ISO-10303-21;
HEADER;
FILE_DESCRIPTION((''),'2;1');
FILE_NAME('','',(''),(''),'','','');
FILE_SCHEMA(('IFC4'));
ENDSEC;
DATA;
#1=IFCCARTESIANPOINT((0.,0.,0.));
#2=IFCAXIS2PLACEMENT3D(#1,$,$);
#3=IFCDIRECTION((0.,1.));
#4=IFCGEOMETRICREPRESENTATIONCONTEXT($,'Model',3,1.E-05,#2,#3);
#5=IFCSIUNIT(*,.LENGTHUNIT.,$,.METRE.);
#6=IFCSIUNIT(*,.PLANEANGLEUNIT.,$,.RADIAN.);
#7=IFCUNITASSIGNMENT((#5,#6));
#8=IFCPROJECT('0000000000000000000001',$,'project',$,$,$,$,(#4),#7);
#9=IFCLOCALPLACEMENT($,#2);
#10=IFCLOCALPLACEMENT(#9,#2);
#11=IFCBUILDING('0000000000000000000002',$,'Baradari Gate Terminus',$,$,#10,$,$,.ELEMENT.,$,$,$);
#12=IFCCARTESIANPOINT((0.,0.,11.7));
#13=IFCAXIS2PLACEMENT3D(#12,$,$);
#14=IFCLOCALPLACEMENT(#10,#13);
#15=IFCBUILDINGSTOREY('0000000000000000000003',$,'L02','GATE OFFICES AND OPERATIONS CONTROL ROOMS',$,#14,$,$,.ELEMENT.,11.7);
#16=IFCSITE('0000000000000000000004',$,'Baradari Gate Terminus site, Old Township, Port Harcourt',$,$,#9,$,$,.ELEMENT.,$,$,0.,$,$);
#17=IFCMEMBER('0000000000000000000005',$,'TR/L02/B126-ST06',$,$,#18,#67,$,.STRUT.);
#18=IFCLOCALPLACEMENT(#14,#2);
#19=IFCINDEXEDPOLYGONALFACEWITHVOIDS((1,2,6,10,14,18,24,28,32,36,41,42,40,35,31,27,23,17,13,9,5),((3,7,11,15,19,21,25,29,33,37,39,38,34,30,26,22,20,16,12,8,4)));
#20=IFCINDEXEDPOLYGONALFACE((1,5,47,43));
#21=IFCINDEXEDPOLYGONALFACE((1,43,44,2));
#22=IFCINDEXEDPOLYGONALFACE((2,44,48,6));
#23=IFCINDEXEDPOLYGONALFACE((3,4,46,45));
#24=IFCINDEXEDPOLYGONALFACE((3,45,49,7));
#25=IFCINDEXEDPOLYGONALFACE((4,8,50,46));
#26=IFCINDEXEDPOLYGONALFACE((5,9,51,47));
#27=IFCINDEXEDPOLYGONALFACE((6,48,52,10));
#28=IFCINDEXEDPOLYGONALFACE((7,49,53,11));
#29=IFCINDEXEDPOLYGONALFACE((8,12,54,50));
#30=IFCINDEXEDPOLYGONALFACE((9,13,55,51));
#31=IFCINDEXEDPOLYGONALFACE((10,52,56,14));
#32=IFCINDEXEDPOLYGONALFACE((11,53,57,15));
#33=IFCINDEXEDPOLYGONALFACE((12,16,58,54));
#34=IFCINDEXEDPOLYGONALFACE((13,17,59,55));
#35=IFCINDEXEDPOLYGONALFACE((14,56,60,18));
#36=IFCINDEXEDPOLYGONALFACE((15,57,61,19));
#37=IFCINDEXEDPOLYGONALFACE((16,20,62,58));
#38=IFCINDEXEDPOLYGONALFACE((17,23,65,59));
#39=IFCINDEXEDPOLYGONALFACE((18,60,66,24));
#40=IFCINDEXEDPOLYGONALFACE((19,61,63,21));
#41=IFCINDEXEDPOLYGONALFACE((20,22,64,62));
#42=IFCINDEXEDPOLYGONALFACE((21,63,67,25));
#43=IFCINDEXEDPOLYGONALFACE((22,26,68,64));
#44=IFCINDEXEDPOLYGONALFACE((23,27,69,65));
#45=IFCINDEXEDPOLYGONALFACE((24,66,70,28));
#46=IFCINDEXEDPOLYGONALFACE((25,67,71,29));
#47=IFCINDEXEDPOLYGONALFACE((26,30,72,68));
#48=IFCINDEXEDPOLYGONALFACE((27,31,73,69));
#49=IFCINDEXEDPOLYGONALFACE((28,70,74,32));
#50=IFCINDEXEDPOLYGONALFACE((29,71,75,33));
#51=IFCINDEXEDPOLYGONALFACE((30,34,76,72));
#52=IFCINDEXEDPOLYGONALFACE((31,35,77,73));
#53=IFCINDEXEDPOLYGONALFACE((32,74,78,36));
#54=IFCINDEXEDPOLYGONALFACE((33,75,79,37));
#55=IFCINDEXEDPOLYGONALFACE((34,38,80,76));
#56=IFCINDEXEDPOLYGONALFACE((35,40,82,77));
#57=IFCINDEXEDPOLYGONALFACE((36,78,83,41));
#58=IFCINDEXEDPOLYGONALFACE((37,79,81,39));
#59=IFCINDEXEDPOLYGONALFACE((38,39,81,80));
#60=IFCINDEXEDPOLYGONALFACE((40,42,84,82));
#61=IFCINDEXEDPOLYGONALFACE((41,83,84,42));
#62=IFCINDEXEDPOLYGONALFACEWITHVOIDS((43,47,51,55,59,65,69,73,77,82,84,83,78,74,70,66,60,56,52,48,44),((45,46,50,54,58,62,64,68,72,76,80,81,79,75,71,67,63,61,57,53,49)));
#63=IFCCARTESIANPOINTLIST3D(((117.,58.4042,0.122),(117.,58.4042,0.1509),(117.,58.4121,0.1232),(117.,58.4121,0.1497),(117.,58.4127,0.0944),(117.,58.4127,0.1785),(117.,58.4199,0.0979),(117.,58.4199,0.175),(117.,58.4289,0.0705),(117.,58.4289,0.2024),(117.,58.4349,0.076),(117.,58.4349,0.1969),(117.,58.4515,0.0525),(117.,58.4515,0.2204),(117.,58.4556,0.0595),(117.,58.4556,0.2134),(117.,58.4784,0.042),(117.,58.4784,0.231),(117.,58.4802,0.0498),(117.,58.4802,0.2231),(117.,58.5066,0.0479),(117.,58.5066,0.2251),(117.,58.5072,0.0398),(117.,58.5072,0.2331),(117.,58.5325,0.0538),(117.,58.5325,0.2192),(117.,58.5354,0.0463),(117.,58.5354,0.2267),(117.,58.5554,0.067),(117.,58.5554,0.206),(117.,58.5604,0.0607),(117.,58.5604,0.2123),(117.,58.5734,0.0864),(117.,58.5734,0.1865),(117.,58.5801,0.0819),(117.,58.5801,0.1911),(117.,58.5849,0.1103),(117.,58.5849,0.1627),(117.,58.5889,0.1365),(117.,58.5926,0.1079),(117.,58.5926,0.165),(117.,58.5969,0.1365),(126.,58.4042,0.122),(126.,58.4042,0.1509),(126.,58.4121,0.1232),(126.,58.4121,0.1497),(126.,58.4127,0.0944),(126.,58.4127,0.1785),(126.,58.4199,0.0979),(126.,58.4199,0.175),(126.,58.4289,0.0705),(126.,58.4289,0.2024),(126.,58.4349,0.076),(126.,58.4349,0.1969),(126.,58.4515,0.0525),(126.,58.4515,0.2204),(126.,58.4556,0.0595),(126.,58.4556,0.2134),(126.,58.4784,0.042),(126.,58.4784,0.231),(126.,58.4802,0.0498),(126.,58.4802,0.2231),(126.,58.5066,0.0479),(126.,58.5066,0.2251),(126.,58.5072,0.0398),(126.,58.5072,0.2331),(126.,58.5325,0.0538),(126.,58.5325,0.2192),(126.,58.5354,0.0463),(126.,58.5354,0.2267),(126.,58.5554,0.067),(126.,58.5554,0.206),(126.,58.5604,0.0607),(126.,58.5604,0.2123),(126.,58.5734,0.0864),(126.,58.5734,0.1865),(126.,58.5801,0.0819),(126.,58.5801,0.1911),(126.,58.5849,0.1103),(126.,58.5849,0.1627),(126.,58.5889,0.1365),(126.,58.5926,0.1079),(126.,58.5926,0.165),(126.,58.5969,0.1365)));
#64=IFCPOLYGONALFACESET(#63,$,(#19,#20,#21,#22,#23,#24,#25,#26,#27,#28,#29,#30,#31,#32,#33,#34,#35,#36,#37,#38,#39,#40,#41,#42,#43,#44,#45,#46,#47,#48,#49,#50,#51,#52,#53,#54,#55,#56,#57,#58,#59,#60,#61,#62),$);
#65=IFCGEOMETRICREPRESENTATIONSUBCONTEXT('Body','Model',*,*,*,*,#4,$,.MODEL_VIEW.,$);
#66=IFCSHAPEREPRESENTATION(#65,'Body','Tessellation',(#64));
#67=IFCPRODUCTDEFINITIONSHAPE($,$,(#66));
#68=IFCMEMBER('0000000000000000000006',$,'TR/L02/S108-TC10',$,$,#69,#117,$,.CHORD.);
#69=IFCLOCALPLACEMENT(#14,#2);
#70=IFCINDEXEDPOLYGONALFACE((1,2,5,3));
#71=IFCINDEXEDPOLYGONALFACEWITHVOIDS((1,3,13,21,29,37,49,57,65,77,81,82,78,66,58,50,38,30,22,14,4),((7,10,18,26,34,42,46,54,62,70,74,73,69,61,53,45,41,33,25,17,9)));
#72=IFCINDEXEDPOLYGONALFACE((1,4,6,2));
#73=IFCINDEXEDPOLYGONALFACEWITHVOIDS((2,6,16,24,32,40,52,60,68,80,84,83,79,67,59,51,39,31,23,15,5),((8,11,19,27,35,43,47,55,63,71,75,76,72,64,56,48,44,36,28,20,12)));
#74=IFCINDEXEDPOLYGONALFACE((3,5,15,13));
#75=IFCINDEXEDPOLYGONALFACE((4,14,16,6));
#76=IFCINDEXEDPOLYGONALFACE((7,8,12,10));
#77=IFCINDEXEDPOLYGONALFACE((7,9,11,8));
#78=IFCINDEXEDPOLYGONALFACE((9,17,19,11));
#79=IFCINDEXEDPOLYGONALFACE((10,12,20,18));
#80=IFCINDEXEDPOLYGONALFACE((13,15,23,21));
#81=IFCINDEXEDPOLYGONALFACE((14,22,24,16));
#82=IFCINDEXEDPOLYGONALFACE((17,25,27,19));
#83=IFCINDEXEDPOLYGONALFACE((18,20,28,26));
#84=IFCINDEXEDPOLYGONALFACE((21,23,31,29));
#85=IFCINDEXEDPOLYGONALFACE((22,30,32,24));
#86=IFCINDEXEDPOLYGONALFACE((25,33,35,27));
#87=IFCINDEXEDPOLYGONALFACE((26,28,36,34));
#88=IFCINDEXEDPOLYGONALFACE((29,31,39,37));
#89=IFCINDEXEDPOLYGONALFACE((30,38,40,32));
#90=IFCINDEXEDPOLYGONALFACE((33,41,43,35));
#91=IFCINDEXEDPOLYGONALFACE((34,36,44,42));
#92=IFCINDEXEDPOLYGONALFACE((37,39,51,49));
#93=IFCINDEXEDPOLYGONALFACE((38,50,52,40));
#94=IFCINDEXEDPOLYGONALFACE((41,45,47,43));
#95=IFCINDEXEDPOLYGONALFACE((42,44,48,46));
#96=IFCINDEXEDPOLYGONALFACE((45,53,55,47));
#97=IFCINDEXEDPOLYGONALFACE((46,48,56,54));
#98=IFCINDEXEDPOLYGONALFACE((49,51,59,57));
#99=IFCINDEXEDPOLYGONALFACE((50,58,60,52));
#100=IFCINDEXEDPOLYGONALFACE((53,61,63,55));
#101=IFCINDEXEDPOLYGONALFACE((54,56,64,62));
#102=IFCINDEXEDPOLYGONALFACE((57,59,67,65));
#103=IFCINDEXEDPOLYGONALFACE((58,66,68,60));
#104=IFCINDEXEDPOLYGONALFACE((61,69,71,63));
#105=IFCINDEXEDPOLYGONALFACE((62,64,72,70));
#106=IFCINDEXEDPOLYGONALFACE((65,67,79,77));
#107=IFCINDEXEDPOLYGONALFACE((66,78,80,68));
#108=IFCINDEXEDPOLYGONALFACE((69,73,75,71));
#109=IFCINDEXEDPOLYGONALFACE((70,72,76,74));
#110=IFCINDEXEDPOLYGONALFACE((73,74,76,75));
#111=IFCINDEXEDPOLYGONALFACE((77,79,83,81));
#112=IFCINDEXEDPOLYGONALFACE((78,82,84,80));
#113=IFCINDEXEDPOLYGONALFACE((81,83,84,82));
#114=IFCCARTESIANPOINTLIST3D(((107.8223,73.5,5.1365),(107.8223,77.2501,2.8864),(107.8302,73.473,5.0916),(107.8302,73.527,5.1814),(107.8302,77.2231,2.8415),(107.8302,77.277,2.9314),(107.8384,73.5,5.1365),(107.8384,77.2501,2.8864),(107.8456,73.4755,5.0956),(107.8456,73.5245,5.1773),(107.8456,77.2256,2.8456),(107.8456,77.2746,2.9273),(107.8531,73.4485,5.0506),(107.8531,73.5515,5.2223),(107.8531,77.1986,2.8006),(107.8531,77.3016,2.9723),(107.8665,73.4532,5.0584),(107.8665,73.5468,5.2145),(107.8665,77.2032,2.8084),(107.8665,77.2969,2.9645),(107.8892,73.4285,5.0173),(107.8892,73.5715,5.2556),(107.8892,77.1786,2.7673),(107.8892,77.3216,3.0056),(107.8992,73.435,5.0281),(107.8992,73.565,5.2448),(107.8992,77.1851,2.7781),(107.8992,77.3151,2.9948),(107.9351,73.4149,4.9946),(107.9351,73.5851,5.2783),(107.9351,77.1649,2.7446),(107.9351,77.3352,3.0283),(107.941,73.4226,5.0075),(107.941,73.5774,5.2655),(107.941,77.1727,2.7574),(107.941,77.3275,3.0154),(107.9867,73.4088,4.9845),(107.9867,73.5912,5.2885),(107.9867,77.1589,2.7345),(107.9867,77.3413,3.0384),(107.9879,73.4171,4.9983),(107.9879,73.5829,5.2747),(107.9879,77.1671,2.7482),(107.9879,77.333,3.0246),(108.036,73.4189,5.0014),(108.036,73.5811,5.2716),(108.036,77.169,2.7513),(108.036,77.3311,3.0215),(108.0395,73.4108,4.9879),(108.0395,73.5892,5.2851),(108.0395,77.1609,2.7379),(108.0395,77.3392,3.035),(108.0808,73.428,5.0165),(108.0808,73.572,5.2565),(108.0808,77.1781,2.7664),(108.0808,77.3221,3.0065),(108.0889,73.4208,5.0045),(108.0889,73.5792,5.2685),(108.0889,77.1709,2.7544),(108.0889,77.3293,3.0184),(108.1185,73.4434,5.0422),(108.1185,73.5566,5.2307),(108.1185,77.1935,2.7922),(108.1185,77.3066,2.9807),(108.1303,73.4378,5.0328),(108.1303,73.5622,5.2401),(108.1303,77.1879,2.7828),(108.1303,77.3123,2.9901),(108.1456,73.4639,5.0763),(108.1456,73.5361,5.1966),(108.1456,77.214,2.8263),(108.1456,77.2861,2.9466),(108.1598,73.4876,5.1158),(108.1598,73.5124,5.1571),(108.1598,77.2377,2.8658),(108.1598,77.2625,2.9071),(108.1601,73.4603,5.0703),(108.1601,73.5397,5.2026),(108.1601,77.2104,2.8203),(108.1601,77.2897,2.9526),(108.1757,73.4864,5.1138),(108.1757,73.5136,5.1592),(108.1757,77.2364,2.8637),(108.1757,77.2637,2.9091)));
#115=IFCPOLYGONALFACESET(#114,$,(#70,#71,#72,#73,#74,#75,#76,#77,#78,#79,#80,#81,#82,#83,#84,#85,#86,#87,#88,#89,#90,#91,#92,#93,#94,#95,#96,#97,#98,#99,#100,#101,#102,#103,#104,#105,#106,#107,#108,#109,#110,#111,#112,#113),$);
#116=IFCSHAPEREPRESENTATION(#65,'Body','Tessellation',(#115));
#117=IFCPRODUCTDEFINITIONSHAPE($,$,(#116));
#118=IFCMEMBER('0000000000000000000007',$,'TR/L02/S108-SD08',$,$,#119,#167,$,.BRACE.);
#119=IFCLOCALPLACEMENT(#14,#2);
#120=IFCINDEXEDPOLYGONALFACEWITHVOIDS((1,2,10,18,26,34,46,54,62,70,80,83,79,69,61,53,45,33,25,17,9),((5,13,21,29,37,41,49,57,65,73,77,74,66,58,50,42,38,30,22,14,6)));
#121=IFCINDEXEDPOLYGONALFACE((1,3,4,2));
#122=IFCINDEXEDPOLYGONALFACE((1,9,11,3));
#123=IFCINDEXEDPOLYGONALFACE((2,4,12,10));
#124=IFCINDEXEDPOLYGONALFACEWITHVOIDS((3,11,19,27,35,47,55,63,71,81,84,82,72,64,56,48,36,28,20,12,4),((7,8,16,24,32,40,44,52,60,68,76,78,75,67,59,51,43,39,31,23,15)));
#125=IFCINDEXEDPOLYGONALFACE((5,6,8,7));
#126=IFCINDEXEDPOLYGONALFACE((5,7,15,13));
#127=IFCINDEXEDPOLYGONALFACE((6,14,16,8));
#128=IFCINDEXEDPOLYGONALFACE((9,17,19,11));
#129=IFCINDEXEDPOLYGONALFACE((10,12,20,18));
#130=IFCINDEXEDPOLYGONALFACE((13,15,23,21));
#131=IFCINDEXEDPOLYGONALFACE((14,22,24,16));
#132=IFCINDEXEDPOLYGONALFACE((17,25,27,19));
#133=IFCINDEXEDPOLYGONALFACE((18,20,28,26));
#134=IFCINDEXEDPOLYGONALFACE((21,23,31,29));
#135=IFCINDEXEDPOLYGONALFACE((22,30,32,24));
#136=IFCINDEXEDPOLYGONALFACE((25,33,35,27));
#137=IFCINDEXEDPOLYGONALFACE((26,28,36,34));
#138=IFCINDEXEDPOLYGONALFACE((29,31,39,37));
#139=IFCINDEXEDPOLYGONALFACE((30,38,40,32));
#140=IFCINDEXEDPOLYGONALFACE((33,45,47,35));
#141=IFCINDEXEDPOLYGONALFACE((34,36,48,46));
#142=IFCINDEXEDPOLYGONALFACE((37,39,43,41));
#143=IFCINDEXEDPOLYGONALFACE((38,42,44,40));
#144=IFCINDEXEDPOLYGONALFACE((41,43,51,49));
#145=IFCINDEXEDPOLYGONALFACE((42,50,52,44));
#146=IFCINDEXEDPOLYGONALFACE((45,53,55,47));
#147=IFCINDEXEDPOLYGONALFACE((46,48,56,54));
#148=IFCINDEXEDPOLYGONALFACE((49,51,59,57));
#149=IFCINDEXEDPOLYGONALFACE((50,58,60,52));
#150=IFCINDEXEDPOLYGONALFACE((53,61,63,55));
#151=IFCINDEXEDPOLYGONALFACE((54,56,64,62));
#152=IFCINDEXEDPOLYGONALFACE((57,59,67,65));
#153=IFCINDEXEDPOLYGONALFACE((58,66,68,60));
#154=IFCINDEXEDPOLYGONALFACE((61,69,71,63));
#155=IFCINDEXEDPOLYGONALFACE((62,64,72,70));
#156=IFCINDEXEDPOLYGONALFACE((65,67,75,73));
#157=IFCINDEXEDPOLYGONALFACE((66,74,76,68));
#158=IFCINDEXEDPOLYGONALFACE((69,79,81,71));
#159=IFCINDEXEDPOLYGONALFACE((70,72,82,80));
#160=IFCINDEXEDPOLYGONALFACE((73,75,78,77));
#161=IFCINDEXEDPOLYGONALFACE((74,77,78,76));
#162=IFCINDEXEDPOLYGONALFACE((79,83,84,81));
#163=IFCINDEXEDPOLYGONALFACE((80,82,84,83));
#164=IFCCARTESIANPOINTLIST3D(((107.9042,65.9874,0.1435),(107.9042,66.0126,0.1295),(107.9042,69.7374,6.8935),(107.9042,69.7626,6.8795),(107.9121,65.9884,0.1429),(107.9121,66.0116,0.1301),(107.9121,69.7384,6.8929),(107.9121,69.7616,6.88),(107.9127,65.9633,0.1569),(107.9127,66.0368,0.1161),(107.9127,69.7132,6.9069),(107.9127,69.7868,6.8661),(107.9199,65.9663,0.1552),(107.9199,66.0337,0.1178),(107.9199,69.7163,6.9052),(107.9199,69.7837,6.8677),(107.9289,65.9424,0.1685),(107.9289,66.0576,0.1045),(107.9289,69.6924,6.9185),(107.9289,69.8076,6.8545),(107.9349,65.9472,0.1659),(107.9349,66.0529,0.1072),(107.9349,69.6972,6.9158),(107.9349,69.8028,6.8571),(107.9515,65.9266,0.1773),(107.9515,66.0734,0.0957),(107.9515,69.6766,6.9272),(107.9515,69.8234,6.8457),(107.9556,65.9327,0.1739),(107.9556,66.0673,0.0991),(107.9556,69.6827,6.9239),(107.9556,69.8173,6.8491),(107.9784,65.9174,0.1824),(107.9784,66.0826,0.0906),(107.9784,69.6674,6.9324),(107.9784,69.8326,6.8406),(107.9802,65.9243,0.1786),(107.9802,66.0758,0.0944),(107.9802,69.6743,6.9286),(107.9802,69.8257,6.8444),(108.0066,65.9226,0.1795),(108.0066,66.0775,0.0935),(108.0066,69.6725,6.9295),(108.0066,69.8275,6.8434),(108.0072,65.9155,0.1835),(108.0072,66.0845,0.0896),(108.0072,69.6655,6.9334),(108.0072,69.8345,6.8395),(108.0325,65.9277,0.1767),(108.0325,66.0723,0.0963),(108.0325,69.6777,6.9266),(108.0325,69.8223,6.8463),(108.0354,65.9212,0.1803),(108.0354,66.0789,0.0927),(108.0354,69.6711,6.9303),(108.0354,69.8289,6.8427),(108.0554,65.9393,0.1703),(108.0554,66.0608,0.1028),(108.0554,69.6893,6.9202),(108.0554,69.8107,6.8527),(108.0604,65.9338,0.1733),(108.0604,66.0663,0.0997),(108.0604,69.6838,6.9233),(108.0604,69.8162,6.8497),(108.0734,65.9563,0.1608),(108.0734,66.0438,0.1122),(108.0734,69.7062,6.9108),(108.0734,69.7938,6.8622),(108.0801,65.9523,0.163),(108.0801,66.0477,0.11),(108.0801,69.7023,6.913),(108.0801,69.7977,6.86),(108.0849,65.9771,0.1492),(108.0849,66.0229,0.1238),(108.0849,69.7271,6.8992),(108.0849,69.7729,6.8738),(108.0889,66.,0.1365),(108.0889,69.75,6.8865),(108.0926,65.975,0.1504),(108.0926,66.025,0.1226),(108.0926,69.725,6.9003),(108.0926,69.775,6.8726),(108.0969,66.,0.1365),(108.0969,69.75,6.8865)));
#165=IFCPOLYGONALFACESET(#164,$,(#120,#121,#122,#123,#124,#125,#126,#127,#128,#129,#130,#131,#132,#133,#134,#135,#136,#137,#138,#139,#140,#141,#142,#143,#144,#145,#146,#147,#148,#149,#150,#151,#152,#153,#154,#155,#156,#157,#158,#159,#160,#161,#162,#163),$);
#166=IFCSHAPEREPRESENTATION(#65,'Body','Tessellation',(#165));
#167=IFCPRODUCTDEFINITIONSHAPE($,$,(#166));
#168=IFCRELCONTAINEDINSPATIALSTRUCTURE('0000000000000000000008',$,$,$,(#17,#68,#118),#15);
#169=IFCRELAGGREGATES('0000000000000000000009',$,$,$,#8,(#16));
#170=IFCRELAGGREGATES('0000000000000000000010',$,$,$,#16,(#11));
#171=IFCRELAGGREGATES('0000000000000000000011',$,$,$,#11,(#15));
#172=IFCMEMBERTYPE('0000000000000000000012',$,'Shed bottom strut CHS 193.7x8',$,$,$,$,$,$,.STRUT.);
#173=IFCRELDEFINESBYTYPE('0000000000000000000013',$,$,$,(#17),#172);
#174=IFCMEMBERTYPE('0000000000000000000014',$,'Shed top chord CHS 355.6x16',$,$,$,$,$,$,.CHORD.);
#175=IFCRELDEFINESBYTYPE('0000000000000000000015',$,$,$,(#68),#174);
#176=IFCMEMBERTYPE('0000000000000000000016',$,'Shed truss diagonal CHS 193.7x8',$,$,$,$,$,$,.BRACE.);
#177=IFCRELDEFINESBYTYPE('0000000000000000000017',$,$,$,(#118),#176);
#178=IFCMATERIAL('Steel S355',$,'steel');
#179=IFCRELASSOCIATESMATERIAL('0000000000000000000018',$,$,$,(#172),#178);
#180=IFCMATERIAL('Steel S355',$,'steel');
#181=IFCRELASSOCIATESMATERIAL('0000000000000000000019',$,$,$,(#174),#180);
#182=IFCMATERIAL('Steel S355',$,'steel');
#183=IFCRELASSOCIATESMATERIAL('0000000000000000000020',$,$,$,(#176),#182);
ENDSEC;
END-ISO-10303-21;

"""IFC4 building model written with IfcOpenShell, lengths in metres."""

from ifc_helpers import new_model, si_unit, direction, frame, origin, origin_2d, place, context, subcontext, project, spatial, hollow_circle, extrude, material, material_profile, profile_set, type_object, element, save


model = new_model("IFC4")

# Units and contexts
model_context = context("Model", 3, precision=1e-05, world=origin(), true_north=direction((0.0, 1.0)))
body_context = subcontext(model_context, "Body", "Model", "MODEL_VIEW")
ifc_project = project(units=[si_unit("LENGTHUNIT", "METRE"), si_unit("PLANEANGLEUNIT", "RADIAN")], contexts=[model_context])

# Site, building, storey
site_placement = place(None, origin())
site = spatial("IfcSite", under=ifc_project, at=site_placement, Name="Baradari Gate Terminus site, Old Township, Port Harcourt", CompositionType="ELEMENT", RefElevation=0.0)
building_placement = place(site_placement, origin())
building = spatial("IfcBuilding", under=site, at=building_placement, Name="Baradari Gate Terminus", CompositionType="ELEMENT")
storey_placement = place(building_placement, frame((0.0, 0.0, 11.7)))
storey = spatial("IfcBuildingStorey", under=building, at=storey_placement, Name="L02", Description="GATE OFFICES AND OPERATIONS CONTROL ROOMS", CompositionType="ELEMENT", Elevation=11.7)

# Members
ifc_material_1 = material(Name="Steel S355", Category="steel")
ifc_material_profile_1 = material_profile(ifc_material_1, hollow_circle(Radius=0.0969, WallThickness=0.0081, at=origin_2d()), Name="CHS 193.7x8")
ifc_profile_set_1 = profile_set([ifc_material_profile_1], Name="Steel S355")
member_type_1 = type_object("IfcMemberType", Name="Shed bottom strut CHS 193.7x8", PredefinedType="STRUT", material=ifc_profile_set_1)
member_1_placement = place(storey_placement, frame((117.0, 58.5, 0.1365), z_axis=(1.0, 0.0, 0.0), x_axis=(0.0, 1.0, 0.0)))
element("IfcMember", 1, at=member_1_placement, inside=storey, type_object=member_type_1, Name="TR/L02/B126-ST06", PredefinedType="STRUT", context=body_context, shape_type="SweptSolid", body=[
    extrude(hollow_circle(Radius=0.0969, WallThickness=0.0081, at=origin_2d()), origin(), (0.0, 0.0, 1.0), 9.0),
])
ifc_material_2 = material(Name="Steel S355", Category="steel")
ifc_material_profile_2 = material_profile(ifc_material_2, hollow_circle(Radius=0.1777, WallThickness=0.0161, at=origin_2d()), Name="CHS 355.6x16")
ifc_profile_set_2 = profile_set([ifc_material_profile_2], Name="Steel S355")
member_type_2 = type_object("IfcMemberType", Name="Shed top chord CHS 355.6x16", PredefinedType="CHORD", material=ifc_profile_set_2)
member_2_placement = place(storey_placement, frame((108.0, 73.5, 5.1365), z_axis=(0.0, 0.857493, -0.514496), x_axis=(-1.0, 0.0, 0.0)))
element("IfcMember", 2, at=member_2_placement, inside=storey, type_object=member_type_2, Name="TR/L02/S108-TC10", PredefinedType="CHORD", context=body_context, shape_type="SweptSolid", body=[
    extrude(hollow_circle(Radius=0.1777, WallThickness=0.0161, at=origin_2d()), origin(), (0.0, 0.0, 1.0), 4.3733),
])
ifc_material_3 = material(Name="Steel S355", Category="steel")
ifc_material_profile_3 = material_profile(ifc_material_3, hollow_circle(Radius=0.0969, WallThickness=0.0081, at=origin_2d()), Name="CHS 193.7x8")
ifc_profile_set_3 = profile_set([ifc_material_profile_3], Name="Steel S355")
member_type_3 = type_object("IfcMemberType", Name="Shed truss diagonal CHS 193.7x8", PredefinedType="BRACE", material=ifc_profile_set_3)
for number, where, z_axis, x_axis, name in (
    (3, (108.0, 69.75, 6.8865), (0.0, -0.485643, -0.874157), (1.0, 0.0, 0.0), "TR/L02/S108-SD08"),
):
    element("IfcMember", number, at=place(storey_placement, frame(where, z_axis=z_axis, x_axis=x_axis)), inside=storey, type_object=member_type_3, Name=name, PredefinedType="BRACE", context=body_context, shape_type="SweptSolid", body=[
        extrude(hollow_circle(Radius=0.0969, WallThickness=0.0081, at=origin_2d()), origin(), (0.0, 0.0, 1.0), 7.7217),
    ])

save(model, "model.ifc")
